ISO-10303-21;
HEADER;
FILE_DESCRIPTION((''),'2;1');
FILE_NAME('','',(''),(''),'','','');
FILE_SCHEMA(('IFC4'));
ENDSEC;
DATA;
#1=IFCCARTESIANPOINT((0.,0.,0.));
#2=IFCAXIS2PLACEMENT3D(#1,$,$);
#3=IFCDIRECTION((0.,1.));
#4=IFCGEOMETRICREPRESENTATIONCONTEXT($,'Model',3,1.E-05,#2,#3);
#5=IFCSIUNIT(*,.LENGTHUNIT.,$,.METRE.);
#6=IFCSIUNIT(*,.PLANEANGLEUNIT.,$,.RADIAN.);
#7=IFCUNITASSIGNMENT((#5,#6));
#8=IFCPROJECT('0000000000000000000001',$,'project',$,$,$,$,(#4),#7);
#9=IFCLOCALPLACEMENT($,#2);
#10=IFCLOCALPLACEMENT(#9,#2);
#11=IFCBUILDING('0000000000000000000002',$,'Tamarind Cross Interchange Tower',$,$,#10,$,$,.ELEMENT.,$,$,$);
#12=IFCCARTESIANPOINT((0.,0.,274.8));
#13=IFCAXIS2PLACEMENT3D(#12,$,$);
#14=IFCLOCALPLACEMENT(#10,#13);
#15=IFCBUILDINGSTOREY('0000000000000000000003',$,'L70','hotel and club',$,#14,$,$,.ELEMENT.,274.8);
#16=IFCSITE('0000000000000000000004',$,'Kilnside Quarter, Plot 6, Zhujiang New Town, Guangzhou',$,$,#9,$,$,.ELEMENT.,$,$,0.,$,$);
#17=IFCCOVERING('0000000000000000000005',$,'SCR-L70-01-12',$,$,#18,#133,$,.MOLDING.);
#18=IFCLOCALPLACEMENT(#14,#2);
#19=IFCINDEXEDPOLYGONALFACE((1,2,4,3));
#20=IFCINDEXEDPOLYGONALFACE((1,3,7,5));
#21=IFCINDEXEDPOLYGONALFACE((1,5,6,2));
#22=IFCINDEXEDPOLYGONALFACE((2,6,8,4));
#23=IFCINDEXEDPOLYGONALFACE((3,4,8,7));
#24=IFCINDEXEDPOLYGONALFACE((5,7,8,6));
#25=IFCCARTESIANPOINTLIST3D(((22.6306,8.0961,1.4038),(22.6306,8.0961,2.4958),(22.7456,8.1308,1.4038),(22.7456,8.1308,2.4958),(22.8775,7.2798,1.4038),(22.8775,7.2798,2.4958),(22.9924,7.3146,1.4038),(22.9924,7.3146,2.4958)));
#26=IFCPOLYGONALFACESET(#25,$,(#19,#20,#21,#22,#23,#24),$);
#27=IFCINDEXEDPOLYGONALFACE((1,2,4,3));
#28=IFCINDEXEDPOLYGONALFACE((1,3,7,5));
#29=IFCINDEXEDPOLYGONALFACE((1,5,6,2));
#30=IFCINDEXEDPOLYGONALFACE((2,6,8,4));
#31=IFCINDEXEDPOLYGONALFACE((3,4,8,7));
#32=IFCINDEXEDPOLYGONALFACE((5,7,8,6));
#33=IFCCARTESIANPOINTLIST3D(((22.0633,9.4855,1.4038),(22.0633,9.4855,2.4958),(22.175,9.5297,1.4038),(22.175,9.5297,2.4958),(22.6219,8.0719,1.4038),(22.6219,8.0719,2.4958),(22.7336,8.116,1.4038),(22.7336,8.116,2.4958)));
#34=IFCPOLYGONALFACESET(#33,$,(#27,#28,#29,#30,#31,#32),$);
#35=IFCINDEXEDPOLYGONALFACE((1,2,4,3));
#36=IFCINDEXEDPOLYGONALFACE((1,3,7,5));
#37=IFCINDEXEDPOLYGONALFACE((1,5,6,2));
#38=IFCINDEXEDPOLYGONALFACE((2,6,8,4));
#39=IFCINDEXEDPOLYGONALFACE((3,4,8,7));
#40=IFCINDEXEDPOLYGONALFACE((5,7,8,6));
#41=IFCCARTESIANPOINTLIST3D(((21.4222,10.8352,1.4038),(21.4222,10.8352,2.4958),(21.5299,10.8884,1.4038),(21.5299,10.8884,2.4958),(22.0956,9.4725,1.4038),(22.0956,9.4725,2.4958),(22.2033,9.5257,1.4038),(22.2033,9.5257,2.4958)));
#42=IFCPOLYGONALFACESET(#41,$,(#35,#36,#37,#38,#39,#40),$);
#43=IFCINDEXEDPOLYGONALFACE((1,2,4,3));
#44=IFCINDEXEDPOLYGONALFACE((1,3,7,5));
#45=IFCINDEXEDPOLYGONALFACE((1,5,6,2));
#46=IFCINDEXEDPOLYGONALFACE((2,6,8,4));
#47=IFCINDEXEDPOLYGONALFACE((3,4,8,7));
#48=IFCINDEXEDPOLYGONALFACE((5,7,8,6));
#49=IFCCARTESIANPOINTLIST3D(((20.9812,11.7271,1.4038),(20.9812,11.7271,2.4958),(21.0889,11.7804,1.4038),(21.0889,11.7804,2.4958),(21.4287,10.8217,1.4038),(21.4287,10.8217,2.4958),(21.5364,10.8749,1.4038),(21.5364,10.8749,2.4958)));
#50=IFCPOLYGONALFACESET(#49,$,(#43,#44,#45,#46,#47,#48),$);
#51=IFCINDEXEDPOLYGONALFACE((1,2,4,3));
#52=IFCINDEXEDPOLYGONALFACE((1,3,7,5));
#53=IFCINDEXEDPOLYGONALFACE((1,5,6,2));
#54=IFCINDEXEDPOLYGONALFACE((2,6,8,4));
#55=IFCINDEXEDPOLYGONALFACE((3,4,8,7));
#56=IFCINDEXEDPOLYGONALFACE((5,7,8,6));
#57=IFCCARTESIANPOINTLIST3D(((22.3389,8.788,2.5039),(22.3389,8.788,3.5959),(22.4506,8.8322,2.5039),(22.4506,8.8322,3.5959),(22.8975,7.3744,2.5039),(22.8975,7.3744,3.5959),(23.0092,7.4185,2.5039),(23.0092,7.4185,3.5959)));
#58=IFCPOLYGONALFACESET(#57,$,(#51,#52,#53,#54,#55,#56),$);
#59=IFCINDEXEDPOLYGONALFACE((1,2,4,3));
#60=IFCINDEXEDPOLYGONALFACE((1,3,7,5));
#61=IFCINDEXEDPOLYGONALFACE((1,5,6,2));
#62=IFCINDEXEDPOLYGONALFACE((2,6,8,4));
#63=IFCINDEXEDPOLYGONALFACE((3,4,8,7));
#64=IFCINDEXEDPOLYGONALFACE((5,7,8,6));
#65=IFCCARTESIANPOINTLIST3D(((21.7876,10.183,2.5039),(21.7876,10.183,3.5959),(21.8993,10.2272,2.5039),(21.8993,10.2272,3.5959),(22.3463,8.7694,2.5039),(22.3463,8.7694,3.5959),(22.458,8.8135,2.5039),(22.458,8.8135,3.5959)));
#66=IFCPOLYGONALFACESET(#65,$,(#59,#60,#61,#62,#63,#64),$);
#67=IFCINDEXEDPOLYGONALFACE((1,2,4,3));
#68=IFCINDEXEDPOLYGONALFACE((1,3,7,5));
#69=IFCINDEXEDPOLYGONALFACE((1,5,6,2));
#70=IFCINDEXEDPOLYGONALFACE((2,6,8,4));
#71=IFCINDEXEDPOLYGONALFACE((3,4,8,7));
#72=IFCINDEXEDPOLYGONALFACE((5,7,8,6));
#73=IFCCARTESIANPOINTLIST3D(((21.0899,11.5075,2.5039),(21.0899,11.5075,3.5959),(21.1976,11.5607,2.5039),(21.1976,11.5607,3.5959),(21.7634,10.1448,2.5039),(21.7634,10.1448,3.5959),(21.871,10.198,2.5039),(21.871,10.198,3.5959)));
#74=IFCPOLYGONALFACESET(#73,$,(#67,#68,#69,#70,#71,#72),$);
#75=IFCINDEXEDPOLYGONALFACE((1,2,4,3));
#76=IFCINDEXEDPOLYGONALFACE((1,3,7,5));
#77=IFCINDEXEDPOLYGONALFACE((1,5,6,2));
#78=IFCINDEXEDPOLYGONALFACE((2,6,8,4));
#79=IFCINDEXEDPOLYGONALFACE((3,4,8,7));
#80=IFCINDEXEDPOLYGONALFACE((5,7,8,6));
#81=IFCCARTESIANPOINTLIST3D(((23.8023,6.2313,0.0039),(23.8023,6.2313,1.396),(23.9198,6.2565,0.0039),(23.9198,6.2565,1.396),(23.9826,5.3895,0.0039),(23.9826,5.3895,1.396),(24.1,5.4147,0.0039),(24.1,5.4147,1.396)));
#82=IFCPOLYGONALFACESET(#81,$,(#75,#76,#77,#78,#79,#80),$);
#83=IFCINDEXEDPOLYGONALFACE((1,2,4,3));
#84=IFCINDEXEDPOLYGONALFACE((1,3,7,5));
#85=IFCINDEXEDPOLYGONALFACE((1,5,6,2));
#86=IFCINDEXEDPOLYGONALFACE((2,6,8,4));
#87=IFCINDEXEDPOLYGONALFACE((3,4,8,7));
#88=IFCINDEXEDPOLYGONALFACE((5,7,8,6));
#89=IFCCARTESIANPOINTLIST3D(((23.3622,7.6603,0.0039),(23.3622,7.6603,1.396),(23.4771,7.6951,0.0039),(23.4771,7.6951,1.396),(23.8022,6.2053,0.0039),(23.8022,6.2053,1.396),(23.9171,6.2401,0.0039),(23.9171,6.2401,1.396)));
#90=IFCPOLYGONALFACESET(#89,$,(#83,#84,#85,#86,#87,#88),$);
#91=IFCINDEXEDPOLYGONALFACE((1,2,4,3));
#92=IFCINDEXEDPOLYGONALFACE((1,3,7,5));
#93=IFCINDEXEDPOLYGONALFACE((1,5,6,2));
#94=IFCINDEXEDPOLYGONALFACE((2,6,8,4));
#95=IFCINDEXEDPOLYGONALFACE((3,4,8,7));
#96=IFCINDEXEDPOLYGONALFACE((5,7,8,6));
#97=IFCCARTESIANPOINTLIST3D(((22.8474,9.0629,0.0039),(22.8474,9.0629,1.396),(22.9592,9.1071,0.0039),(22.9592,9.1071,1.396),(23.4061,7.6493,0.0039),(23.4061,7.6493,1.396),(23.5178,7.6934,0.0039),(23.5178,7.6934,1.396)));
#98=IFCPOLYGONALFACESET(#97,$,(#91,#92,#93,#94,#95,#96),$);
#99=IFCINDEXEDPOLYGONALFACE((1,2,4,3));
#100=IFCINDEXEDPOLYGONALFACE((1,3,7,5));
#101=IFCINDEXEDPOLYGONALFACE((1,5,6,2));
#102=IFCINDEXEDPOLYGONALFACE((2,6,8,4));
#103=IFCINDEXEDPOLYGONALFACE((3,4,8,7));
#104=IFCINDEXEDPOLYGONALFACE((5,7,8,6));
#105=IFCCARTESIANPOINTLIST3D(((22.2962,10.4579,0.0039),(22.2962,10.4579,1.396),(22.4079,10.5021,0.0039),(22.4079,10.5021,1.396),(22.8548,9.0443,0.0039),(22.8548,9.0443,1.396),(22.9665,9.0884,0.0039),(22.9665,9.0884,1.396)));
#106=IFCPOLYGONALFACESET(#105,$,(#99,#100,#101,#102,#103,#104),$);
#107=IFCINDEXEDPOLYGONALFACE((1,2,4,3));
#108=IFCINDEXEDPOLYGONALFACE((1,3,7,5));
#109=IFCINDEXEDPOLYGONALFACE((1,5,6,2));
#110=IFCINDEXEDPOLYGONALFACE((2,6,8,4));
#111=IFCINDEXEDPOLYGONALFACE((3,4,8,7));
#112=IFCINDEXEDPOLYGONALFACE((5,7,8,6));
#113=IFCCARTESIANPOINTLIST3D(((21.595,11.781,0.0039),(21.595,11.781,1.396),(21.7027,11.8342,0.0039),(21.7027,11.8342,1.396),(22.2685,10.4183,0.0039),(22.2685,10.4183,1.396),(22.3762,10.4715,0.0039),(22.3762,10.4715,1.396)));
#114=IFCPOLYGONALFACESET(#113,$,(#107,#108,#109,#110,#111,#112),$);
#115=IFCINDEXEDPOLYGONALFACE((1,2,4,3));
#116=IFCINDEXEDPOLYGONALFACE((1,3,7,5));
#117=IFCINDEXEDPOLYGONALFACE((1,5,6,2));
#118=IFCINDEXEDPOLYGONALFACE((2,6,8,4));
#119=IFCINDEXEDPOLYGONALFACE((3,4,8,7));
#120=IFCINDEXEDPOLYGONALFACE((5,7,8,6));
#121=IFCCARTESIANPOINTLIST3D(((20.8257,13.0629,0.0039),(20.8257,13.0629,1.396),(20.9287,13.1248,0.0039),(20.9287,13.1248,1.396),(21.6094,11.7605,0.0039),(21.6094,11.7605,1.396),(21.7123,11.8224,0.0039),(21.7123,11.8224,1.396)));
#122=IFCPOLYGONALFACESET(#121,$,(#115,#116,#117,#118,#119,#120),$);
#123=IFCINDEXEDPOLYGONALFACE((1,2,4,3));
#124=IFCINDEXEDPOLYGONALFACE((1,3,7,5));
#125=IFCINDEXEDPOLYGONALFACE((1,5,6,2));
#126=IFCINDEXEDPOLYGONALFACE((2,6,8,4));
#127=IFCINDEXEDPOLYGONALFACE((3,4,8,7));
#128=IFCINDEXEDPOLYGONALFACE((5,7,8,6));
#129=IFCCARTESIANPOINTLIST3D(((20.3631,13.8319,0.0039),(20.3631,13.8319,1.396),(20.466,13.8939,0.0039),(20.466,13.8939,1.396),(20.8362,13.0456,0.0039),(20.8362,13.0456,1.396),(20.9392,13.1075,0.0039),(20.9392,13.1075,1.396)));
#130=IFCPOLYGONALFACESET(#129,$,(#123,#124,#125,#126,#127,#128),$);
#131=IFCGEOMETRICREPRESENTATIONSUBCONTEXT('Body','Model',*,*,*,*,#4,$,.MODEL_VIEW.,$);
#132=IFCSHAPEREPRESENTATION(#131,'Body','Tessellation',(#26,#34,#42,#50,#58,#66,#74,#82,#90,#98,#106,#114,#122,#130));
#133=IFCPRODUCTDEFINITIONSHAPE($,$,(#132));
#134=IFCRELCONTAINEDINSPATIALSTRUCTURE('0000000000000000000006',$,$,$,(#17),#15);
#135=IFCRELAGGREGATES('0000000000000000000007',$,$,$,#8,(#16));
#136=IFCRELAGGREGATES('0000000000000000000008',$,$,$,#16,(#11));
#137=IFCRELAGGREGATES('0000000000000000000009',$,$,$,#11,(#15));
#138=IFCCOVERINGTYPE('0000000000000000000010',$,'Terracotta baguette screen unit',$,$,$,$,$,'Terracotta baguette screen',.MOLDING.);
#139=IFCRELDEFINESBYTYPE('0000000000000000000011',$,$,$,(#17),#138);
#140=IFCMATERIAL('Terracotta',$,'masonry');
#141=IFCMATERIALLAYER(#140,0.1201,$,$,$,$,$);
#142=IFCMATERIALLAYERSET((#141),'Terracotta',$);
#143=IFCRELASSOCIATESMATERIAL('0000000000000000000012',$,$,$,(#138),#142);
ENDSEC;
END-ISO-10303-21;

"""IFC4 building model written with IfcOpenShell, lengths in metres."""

from ifc_helpers import new_model, si_unit, direction, frame, origin, origin_2d, place, context, subcontext, project, spatial, rectangle, extrude, material, layer, layer_set, type_object, element, save


model = new_model("IFC4")

# Units and contexts
model_context = context("Model", 3, precision=1e-05, world=origin(), true_north=direction((0.0, 1.0)))
body_context = subcontext(model_context, "Body", "Model", "MODEL_VIEW")
ifc_project = project(units=[si_unit("LENGTHUNIT", "METRE"), si_unit("PLANEANGLEUNIT", "RADIAN")], contexts=[model_context])

# Site, building, storey
site_placement = place(None, origin())
site = spatial("IfcSite", under=ifc_project, at=site_placement, Name="Kilnside Quarter, Plot 6, Zhujiang New Town, Guangzhou", CompositionType="ELEMENT", RefElevation=0.0)
building_placement = place(site_placement, origin())
building = spatial("IfcBuilding", under=site, at=building_placement, Name="Tamarind Cross Interchange Tower", CompositionType="ELEMENT")
storey_placement = place(building_placement, frame((0.0, 0.0, 274.8)))
storey = spatial("IfcBuildingStorey", under=building, at=storey_placement, Name="L70", Description="hotel and club", CompositionType="ELEMENT", Elevation=274.8)

# Covering
ifc_material_1 = material(Name="Terracotta", Category="masonry")
ifc_layer_1 = layer(ifc_material_1, 0.1201)
ifc_layer_set_1 = layer_set([ifc_layer_1], Name="Terracotta")
covering_type = type_object("IfcCoveringType", Name="Terracotta baguette screen unit", ElementType="Terracotta baguette screen", PredefinedType="MOLDING", material=ifc_layer_set_1)
covering_1_placement = place(storey_placement, origin())
element("IfcCovering", 1, at=covering_1_placement, inside=storey, type_object=covering_type, Name="SCR-L70-01-12", PredefinedType="MOLDING", context=body_context, shape_type="SweptSolid", body=[
    extrude(rectangle(XDim=0.8528, YDim=0.1201, at=origin_2d()), frame((22.8115, 7.7053, 1.4038), z_axis=(0.0, 0.0, 1.0), x_axis=(-0.289458, 0.957191, 0.0)), (0.0, 0.0, 1.0), 1.092),
    extrude(rectangle(XDim=1.52, YDim=0.1201, at=origin_2d()), frame((22.3984, 8.8008, 1.4038), z_axis=(0.0, 0.0, 1.0), x_axis=(-0.367514, 0.930018, 0.0)), (0.0, 0.0, 1.0), 1.092),
    extrude(rectangle(XDim=1.52, YDim=0.1201, at=origin_2d()), frame((21.8127, 10.1804, 1.4038), z_axis=(0.0, 0.0, 1.0), x_axis=(-0.443059, 0.896493, 0.0)), (0.0, 0.0, 1.0), 1.092),
    extrude(rectangle(XDim=1.01, YDim=0.1201, at=origin_2d()), frame((21.2588, 11.301, 1.4038), z_axis=(0.0, 0.0, 1.0), x_axis=(-0.443059, 0.896493, 0.0)), (0.0, 0.0, 1.0), 1.092),
    extrude(rectangle(XDim=1.52, YDim=0.1201, at=origin_2d()), frame((22.6741, 8.1033, 2.5039), z_axis=(0.0, 0.0, 1.0), x_axis=(-0.367514, 0.930018, 0.0)), (0.0, 0.0, 1.0), 1.092),
    extrude(rectangle(XDim=1.52, YDim=0.1201, at=origin_2d()), frame((22.1228, 9.4983, 2.5039), z_axis=(0.0, 0.0, 1.0), x_axis=(-0.367514, 0.930018, 0.0)), (0.0, 0.0, 1.0), 1.092),
    extrude(rectangle(XDim=1.52, YDim=0.1201, at=origin_2d()), frame((21.4805, 10.8528, 2.5039), z_axis=(0.0, 0.0, 1.0), x_axis=(-0.443059, 0.896493, 0.0)), (0.0, 0.0, 1.0), 1.092),
    extrude(rectangle(XDim=0.8608, YDim=0.1201, at=origin_2d()), frame((23.9512, 5.823, 0.0039), z_axis=(0.0, 0.0, 1.0), x_axis=(-0.209425, 0.977825, 0.0)), (0.0, 0.0, 1.0), 1.3921),
    extrude(rectangle(XDim=1.52, YDim=0.1201, at=origin_2d()), frame((23.6396, 6.9502, 0.0039), z_axis=(0.0, 0.0, 1.0), x_axis=(-0.289458, 0.957191, 0.0)), (0.0, 0.0, 1.0), 1.3921),
    extrude(rectangle(XDim=1.52, YDim=0.1201, at=origin_2d()), frame((23.1826, 8.3782, 0.0039), z_axis=(0.0, 0.0, 1.0), x_axis=(-0.367514, 0.930018, 0.0)), (0.0, 0.0, 1.0), 1.3921),
    extrude(rectangle(XDim=1.52, YDim=0.1201, at=origin_2d()), frame((22.6313, 9.7732, 0.0039), z_axis=(0.0, 0.0, 1.0), x_axis=(-0.367514, 0.930018, 0.0)), (0.0, 0.0, 1.0), 1.3921),
    extrude(rectangle(XDim=1.52, YDim=0.1201, at=origin_2d()), frame((21.9856, 11.1262, 0.0039), z_axis=(0.0, 0.0, 1.0), x_axis=(-0.443059, 0.896493, 0.0)), (0.0, 0.0, 1.0), 1.3921),
    extrude(rectangle(XDim=1.52, YDim=0.1201, at=origin_2d()), frame((21.269, 12.4426, 0.0039), z_axis=(0.0, 0.0, 1.0), x_axis=(-0.515577, 0.856843, 0.0)), (0.0, 0.0, 1.0), 1.3921),
    extrude(rectangle(XDim=0.9177, YDim=0.1201, at=origin_2d()), frame((20.6511, 13.4697, 0.0039), z_axis=(0.0, 0.0, 1.0), x_axis=(-0.515577, 0.856843, 0.0)), (0.0, 0.0, 1.0), 1.3921),
])

save(model, "model.ifc")
